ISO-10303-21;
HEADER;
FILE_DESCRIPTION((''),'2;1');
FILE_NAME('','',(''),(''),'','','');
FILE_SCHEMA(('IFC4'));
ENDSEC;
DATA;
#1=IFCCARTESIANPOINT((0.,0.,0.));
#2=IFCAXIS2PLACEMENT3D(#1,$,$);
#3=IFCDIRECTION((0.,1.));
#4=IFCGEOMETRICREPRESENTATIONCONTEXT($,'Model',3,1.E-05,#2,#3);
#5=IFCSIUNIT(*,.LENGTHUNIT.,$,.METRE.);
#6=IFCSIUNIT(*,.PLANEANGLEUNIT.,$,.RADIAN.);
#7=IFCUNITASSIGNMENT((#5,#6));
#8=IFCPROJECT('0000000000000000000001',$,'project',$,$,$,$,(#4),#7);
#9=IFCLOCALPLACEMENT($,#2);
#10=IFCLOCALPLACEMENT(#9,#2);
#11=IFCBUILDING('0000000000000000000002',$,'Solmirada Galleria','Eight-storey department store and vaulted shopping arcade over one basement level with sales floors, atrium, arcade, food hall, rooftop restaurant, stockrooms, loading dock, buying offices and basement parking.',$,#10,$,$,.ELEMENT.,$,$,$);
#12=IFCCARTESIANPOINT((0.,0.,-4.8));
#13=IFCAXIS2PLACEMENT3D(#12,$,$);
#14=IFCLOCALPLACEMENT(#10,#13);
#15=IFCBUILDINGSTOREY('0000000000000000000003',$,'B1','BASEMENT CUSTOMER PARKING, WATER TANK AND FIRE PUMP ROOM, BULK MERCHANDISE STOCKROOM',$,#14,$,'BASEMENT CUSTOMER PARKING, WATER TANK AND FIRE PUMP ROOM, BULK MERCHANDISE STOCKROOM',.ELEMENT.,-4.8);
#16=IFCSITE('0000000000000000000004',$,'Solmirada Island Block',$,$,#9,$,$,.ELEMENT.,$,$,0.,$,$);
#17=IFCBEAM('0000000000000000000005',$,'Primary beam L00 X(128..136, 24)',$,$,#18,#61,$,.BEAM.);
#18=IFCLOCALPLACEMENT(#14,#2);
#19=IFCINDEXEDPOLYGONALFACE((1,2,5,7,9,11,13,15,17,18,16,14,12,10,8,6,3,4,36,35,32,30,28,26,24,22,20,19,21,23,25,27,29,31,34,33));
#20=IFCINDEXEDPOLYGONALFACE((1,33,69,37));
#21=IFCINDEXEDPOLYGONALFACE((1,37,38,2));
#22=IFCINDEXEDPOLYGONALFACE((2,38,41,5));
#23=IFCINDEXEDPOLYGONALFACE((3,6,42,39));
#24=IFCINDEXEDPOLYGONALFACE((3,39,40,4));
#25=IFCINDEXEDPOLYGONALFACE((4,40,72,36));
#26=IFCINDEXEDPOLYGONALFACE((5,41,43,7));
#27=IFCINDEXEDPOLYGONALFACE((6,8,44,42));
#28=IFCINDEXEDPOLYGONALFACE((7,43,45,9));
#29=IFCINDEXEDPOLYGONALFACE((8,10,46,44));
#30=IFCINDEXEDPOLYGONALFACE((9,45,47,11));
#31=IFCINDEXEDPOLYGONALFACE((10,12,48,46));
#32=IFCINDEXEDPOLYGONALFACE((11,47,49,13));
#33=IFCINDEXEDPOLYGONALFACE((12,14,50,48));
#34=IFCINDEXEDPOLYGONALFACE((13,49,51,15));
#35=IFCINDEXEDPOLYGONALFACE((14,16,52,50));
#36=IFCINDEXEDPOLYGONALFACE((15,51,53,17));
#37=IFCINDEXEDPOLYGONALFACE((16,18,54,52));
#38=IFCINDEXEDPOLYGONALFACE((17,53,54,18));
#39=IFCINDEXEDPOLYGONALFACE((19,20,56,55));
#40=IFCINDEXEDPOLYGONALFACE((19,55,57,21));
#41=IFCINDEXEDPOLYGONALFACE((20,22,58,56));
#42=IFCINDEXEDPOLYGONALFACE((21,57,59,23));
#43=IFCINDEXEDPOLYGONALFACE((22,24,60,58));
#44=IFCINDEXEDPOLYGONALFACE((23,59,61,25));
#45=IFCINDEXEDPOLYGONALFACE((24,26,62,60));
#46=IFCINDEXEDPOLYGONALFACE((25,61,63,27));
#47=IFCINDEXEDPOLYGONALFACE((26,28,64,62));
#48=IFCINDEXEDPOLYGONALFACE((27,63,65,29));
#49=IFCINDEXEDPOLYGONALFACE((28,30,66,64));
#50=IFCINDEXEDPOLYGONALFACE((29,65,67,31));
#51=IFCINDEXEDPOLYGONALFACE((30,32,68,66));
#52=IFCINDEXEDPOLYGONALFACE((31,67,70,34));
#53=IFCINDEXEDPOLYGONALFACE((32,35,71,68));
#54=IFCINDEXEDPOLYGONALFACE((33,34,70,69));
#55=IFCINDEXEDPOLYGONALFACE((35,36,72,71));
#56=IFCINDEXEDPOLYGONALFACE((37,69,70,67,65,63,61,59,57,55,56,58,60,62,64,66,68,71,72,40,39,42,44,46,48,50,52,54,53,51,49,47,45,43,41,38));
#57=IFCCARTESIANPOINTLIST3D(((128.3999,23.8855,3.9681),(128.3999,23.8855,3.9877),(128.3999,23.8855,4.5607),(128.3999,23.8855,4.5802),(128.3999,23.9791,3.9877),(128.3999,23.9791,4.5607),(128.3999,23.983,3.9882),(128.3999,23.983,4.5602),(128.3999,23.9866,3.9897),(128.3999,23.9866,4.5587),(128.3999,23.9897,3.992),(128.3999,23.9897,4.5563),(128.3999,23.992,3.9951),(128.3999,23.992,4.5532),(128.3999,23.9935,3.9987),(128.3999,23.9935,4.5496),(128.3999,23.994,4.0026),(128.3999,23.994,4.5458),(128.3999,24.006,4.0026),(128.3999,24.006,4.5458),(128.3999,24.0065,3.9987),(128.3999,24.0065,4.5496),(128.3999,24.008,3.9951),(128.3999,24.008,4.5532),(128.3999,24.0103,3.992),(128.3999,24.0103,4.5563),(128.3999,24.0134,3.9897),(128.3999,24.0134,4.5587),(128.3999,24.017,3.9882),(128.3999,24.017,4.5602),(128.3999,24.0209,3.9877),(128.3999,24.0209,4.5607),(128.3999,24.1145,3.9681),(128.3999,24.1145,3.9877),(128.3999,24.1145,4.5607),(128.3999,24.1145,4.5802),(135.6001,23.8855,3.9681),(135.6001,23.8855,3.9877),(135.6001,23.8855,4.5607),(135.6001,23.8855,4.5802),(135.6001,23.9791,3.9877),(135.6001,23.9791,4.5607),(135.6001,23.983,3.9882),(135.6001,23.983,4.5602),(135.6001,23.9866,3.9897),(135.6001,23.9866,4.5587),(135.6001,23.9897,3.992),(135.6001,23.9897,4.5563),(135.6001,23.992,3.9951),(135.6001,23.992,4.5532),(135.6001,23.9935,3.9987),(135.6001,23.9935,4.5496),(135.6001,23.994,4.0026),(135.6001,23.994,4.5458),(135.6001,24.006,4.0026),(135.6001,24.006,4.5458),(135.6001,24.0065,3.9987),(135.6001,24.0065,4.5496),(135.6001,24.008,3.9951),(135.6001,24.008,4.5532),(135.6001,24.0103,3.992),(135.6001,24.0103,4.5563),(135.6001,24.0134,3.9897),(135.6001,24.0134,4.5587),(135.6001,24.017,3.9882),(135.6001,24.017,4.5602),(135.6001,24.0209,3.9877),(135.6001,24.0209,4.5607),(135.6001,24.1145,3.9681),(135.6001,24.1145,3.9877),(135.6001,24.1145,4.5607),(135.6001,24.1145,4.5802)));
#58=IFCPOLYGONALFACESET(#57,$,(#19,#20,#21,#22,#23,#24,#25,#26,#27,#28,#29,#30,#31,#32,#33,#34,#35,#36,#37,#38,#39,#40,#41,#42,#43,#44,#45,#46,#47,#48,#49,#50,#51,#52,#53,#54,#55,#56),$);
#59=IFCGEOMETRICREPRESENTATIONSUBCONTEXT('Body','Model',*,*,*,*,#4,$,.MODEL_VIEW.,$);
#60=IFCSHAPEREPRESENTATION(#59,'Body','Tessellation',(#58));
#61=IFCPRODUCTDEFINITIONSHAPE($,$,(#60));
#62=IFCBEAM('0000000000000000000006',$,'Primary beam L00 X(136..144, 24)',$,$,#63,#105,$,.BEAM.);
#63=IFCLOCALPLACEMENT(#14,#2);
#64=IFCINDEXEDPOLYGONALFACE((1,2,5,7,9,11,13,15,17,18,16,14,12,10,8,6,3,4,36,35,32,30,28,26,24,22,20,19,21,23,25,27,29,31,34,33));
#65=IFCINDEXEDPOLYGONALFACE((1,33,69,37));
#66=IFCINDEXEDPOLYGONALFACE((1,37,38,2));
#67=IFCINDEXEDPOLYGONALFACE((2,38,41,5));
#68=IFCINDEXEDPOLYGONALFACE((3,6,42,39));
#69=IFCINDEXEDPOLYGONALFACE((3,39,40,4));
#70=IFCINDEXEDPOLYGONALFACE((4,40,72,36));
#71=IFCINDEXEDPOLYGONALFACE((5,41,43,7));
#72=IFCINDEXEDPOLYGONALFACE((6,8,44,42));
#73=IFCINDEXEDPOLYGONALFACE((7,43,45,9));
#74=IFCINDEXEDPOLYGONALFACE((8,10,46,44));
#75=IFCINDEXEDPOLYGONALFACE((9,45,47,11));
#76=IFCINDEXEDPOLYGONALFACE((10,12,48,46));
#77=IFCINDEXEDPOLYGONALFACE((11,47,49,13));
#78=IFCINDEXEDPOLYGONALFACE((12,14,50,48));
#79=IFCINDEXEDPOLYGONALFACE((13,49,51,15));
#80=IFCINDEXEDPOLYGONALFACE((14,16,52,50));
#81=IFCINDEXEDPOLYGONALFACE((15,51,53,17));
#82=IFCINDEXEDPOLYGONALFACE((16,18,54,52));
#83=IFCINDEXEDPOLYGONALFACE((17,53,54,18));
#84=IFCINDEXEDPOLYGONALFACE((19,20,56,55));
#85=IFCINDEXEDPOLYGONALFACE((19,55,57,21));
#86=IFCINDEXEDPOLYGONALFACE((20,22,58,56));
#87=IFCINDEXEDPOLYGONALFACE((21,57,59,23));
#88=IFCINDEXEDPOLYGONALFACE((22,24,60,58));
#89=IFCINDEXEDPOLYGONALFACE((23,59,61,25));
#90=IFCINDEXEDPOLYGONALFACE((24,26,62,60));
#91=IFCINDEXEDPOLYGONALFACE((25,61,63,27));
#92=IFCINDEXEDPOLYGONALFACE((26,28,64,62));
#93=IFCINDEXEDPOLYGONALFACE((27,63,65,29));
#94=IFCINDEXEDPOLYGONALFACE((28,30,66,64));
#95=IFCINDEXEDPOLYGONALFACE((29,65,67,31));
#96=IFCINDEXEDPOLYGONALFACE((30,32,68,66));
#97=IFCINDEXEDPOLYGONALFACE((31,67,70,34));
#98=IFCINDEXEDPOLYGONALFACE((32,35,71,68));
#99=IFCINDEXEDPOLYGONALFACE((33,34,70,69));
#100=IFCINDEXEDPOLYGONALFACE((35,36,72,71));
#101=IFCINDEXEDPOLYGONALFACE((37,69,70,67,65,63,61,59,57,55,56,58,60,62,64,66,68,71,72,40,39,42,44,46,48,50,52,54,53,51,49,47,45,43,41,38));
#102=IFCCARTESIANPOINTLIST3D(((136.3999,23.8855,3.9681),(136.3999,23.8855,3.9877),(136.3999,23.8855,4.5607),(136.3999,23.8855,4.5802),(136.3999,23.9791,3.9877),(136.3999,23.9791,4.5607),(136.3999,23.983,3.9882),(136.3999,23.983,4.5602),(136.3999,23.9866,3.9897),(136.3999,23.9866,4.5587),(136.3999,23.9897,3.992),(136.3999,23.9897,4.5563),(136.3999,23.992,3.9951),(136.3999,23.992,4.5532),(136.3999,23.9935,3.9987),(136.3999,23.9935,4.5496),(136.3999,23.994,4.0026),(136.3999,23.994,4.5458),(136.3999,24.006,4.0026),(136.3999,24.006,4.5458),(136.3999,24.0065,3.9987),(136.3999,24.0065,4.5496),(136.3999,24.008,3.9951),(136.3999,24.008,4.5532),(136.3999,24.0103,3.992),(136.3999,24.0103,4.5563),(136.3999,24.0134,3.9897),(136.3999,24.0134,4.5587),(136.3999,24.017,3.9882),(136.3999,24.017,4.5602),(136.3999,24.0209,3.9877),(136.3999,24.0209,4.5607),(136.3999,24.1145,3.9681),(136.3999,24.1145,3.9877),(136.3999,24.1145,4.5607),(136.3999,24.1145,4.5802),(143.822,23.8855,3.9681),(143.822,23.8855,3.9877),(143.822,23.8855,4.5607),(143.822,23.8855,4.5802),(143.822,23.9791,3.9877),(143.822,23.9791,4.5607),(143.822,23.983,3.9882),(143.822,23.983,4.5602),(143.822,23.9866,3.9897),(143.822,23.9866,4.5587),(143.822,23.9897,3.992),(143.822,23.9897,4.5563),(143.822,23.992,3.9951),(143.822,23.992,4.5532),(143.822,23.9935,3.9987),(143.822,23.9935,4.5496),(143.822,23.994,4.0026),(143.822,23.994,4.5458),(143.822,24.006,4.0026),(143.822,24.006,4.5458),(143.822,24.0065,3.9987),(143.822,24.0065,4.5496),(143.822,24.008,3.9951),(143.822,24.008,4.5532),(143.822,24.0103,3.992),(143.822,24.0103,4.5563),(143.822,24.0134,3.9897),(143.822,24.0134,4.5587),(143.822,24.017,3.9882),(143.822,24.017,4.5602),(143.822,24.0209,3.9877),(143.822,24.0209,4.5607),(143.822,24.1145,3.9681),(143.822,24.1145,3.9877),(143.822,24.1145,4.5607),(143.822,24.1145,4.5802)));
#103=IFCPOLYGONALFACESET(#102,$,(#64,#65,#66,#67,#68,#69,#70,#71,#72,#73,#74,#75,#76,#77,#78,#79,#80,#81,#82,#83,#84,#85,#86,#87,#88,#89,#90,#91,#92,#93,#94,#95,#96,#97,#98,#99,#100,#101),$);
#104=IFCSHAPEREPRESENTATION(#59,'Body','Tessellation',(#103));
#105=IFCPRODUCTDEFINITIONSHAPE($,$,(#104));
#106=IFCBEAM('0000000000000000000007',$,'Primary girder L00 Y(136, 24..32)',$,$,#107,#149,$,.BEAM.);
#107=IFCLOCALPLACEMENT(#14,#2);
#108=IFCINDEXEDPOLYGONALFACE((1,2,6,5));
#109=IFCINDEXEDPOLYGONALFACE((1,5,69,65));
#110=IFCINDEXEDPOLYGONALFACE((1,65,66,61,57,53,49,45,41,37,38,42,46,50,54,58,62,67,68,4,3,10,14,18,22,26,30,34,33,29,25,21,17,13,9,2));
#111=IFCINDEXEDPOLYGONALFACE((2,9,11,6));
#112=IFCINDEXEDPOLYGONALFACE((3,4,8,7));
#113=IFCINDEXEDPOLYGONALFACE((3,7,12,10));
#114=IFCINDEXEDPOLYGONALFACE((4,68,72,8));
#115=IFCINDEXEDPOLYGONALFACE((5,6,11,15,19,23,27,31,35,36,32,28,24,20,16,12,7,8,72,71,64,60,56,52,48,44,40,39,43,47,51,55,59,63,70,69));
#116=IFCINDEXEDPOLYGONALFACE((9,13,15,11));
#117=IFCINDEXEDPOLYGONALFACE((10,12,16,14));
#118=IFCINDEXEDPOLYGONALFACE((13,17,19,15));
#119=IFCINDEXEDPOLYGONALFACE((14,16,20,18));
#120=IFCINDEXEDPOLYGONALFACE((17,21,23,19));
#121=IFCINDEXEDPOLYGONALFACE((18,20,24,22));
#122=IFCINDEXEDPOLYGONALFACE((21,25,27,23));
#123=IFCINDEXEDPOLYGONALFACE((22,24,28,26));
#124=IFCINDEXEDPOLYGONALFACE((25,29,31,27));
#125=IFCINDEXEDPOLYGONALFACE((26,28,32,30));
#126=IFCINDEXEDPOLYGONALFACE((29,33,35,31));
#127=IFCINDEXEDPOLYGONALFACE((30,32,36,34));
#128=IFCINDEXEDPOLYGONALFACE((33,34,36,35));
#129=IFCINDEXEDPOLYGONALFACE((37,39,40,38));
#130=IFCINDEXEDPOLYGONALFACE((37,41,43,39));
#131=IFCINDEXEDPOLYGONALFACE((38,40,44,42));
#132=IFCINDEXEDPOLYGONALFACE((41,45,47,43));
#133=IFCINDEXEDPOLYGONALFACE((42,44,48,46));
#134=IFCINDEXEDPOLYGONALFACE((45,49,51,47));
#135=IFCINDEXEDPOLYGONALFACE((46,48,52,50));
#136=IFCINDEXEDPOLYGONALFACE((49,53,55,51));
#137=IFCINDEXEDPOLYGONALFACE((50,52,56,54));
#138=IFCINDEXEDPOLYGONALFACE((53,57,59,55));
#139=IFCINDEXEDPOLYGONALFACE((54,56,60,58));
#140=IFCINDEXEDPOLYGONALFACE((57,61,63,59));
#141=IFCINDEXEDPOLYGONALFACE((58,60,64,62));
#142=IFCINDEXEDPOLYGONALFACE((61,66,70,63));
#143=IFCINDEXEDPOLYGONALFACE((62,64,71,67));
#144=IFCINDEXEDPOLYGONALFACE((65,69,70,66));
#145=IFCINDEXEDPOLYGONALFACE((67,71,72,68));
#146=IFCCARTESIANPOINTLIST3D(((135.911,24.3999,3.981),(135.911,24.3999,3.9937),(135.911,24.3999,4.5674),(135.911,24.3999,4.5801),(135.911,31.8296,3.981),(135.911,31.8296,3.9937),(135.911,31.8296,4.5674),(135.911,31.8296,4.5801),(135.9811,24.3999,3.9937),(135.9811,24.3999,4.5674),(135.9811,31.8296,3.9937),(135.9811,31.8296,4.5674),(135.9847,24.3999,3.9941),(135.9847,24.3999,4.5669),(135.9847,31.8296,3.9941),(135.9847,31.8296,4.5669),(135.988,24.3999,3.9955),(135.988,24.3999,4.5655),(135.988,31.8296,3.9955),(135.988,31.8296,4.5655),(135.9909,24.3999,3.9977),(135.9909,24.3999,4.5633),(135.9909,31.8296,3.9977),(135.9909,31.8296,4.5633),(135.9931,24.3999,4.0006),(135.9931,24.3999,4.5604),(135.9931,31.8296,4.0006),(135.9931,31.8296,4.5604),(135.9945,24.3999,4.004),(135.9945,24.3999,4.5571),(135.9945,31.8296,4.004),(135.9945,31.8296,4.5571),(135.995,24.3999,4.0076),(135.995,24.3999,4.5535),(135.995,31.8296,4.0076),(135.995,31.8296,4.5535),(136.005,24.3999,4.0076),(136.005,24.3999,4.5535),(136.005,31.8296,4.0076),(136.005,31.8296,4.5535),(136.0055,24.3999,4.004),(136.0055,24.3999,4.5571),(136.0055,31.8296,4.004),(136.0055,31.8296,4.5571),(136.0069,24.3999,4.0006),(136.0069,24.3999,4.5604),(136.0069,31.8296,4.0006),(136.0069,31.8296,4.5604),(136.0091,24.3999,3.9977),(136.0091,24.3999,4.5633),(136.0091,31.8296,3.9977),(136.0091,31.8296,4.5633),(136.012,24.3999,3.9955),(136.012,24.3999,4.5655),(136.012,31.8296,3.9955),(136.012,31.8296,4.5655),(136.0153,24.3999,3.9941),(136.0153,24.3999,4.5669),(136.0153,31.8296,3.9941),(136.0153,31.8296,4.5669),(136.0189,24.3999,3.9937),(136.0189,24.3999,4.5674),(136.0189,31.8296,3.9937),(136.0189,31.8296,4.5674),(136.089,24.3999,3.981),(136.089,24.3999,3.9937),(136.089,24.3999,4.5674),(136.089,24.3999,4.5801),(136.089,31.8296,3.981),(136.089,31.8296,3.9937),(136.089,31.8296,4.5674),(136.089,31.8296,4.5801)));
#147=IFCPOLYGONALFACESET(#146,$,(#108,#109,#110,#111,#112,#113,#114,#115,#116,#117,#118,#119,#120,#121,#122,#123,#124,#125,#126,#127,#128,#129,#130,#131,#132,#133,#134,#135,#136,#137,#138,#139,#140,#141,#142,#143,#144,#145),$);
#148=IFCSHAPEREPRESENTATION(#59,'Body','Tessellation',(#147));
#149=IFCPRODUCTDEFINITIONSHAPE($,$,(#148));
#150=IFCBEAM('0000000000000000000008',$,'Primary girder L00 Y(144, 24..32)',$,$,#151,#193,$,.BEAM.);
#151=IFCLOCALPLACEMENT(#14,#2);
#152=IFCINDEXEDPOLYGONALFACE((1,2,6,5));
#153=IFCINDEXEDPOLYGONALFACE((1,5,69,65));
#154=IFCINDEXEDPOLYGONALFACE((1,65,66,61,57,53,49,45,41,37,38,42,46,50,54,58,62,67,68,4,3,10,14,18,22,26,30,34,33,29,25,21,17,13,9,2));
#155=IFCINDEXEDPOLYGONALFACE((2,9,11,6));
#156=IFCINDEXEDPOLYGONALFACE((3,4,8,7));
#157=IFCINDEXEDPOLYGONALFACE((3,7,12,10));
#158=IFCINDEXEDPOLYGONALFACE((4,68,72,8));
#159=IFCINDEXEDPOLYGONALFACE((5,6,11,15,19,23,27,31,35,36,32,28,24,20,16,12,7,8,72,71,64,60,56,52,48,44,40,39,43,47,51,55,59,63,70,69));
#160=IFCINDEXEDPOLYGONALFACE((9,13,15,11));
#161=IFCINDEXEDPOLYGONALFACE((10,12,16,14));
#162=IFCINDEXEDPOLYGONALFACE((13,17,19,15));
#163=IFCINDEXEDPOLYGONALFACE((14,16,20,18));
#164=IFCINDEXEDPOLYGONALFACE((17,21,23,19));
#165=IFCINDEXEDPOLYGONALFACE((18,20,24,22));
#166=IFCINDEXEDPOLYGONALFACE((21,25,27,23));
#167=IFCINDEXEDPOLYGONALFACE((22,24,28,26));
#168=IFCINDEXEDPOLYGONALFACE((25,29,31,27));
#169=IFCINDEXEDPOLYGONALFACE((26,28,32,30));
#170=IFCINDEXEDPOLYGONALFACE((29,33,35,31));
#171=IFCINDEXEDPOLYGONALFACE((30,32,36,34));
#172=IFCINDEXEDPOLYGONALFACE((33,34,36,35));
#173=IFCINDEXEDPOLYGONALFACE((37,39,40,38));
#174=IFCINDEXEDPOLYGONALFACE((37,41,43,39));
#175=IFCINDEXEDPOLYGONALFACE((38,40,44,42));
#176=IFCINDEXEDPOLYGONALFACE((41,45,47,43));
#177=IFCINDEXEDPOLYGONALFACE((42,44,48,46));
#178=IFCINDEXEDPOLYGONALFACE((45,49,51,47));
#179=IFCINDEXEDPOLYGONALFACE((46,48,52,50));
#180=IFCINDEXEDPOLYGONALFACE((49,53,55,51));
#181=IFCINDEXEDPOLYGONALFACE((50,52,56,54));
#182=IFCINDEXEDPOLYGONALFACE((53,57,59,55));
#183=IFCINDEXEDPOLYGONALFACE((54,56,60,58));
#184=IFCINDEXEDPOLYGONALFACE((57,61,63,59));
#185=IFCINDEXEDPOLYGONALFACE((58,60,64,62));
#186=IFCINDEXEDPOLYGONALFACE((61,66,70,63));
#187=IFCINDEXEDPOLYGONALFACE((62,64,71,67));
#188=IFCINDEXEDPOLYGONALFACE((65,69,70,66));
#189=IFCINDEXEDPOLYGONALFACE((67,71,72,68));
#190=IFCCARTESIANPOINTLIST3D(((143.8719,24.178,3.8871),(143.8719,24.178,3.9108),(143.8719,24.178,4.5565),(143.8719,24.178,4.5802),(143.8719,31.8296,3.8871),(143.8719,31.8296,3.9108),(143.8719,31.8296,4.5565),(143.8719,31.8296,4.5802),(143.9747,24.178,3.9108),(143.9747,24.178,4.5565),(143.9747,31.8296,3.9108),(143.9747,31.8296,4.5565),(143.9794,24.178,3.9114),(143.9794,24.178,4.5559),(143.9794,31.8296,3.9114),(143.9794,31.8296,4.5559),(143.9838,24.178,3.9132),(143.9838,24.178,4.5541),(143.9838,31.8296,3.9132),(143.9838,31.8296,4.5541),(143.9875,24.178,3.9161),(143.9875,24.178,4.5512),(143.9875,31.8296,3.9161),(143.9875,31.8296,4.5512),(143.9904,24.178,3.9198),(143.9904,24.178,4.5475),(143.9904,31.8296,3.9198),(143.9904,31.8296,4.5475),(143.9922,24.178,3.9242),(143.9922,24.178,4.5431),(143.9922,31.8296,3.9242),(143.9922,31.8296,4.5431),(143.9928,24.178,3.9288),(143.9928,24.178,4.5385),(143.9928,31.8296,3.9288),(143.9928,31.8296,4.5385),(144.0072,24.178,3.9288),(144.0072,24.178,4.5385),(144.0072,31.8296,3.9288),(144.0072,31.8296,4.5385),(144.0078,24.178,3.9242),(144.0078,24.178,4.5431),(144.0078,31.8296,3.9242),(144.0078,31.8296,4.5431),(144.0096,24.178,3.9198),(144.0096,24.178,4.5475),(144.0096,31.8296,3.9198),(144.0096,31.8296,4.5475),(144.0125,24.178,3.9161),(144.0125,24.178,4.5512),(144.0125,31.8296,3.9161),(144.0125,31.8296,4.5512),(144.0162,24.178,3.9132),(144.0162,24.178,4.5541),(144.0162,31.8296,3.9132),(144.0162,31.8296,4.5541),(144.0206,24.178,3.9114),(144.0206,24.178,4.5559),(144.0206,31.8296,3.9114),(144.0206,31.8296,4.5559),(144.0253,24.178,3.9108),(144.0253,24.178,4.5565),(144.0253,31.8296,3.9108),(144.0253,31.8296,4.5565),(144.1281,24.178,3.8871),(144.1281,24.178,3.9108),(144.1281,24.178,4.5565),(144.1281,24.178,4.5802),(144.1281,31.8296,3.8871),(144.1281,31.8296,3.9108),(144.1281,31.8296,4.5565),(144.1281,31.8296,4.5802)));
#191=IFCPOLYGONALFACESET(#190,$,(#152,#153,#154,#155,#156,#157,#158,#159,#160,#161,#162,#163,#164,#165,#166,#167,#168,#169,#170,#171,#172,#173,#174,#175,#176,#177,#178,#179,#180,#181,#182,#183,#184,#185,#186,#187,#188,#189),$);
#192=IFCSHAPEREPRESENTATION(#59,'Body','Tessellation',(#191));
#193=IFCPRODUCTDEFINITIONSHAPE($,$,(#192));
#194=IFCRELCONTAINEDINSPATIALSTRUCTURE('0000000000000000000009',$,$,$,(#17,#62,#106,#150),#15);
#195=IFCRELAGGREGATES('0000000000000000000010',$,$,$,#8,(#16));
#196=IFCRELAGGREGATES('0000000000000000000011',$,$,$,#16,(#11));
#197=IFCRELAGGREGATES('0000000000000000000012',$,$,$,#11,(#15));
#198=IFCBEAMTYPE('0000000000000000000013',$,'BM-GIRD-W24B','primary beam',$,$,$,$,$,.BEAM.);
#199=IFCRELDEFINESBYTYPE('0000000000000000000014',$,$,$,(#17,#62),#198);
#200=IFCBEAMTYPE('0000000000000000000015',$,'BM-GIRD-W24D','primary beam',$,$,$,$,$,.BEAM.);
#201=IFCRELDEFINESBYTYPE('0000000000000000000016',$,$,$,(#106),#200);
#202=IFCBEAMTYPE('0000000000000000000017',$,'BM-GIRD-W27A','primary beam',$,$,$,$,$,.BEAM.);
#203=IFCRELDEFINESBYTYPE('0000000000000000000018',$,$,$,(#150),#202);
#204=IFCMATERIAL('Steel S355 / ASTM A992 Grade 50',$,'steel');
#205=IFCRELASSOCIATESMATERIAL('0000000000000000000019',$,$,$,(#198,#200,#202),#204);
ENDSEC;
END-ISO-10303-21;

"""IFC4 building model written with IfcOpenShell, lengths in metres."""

from ifc_helpers import new_model, si_unit, direction, frame, origin, origin_2d, place, context, subcontext, project, spatial, i_section, extrude, material, material_profile, profile_set, type_object, element, save


model = new_model("IFC4")

# Units and contexts
model_context = context("Model", 3, precision=1e-05, world=origin(), true_north=direction((0.0, 1.0)))
body_context = subcontext(model_context, "Body", "Model", "MODEL_VIEW")
ifc_project = project(units=[si_unit("LENGTHUNIT", "METRE"), si_unit("PLANEANGLEUNIT", "RADIAN")], contexts=[model_context])

# Site, building, storey
site_placement = place(None, origin())
site = spatial("IfcSite", under=ifc_project, at=site_placement, Name="Solmirada Island Block", CompositionType="ELEMENT", RefElevation=0.0)
building_placement = place(site_placement, origin())
building = spatial("IfcBuilding", under=site, at=building_placement, Name="Solmirada Galleria", Description="Eight-storey department store and vaulted shopping arcade over one basement level with sales floors, atrium, arcade, food hall, rooftop restaurant, stockrooms, loading dock, buying offices and basement parking.", CompositionType="ELEMENT")
storey_placement = place(building_placement, frame((0.0, 0.0, -4.8)))
storey = spatial("IfcBuildingStorey", under=building, at=storey_placement, Name="B1", Description="BASEMENT CUSTOMER PARKING, WATER TANK AND FIRE PUMP ROOM, BULK MERCHANDISE STOCKROOM", LongName="BASEMENT CUSTOMER PARKING, WATER TANK AND FIRE PUMP ROOM, BULK MERCHANDISE STOCKROOM", CompositionType="ELEMENT", Elevation=-4.8)

# Beams
ifc_material_1 = material(Name="Steel S355 / ASTM A992 Grade 50", Category="steel")
ifc_material_profile_1 = material_profile(ifc_material_1, i_section(OverallWidth=0.229, OverallDepth=0.6121, WebThickness=0.012, FlangeThickness=0.0195, FilletRadius=0.0149, at=origin_2d()), Name="W24X84")
ifc_profile_set_1 = profile_set([ifc_material_profile_1], Name="Steel S355 / ASTM A992 Grade 50")
beam_type_1 = type_object("IfcBeamType", Name="BM-GIRD-W24B", Description="primary beam", PredefinedType="BEAM", material=ifc_profile_set_1)
beam_1_placement = place(storey_placement, frame((128.3999, 24.0, 4.2742), z_axis=(1.0, 0.0, 0.0), x_axis=(0.0, 1.0, 0.0)))
element("IfcBeam", 1, at=beam_1_placement, inside=storey, type_object=beam_type_1, Name="Primary beam L00 X(128..136, 24)", PredefinedType="BEAM", context=body_context, shape_type="SweptSolid", body=[
    extrude(i_section(OverallWidth=0.229, OverallDepth=0.6121, WebThickness=0.012, FlangeThickness=0.0195, FilletRadius=0.0149, at=origin_2d()), origin(), (0.0, 0.0, 1.0), 7.2002),
])
beam_2_placement = place(storey_placement, frame((136.3999, 24.0, 4.2742), z_axis=(1.0, 0.0, 0.0), x_axis=(0.0, 1.0, 0.0)))
element("IfcBeam", 2, at=beam_2_placement, inside=storey, type_object=beam_type_1, Name="Primary beam L00 X(136..144, 24)", PredefinedType="BEAM", context=body_context, shape_type="SweptSolid", body=[
    extrude(i_section(OverallWidth=0.229, OverallDepth=0.6121, WebThickness=0.012, FlangeThickness=0.0195, FilletRadius=0.0149, at=origin_2d()), origin(), (0.0, 0.0, 1.0), 7.4221),
])
ifc_material_profile_2 = material_profile(ifc_material_1, i_section(OverallWidth=0.178, OverallDepth=0.5991, WebThickness=0.01, FlangeThickness=0.0127, FilletRadius=0.0139, at=origin_2d()), Name="W24X55")
ifc_profile_set_2 = profile_set([ifc_material_profile_2], Name="Steel S355 / ASTM A992 Grade 50")
beam_type_2 = type_object("IfcBeamType", Name="BM-GIRD-W24D", Description="primary beam", PredefinedType="BEAM", material=ifc_profile_set_2)
beam_3_placement = place(storey_placement, frame((136.0, 24.3999, 4.2805), z_axis=(0.0, 1.0, 0.0), x_axis=(-1.0, 0.0, 0.0)))
element("IfcBeam", 3, at=beam_3_placement, inside=storey, type_object=beam_type_2, Name="Primary girder L00 Y(136, 24..32)", PredefinedType="BEAM", context=body_context, shape_type="SweptSolid", body=[
    extrude(i_section(OverallWidth=0.178, OverallDepth=0.5991, WebThickness=0.01, FlangeThickness=0.0127, FilletRadius=0.0139, at=origin_2d()), origin(), (0.0, 0.0, 1.0), 7.4297),
])
ifc_material_profile_3 = material_profile(ifc_material_1, i_section(OverallWidth=0.2561, OverallDepth=0.6931, WebThickness=0.0144, FlangeThickness=0.0237, FilletRadius=0.0181, at=origin_2d()), Name="W27X114")
ifc_profile_set_3 = profile_set([ifc_material_profile_3], Name="Steel S355 / ASTM A992 Grade 50")
beam_type_3 = type_object("IfcBeamType", Name="BM-GIRD-W27A", Description="primary beam", PredefinedType="BEAM", material=ifc_profile_set_3)
beam_4_placement = place(storey_placement, frame((144.0, 24.178, 4.2336), z_axis=(0.0, 1.0, 0.0), x_axis=(-1.0, 0.0, 0.0)))
element("IfcBeam", 4, at=beam_4_placement, inside=storey, type_object=beam_type_3, Name="Primary girder L00 Y(144, 24..32)", PredefinedType="BEAM", context=body_context, shape_type="SweptSolid", body=[
    extrude(i_section(OverallWidth=0.2561, OverallDepth=0.6931, WebThickness=0.0144, FlangeThickness=0.0237, FilletRadius=0.0181, at=origin_2d()), origin(), (0.0, 0.0, 1.0), 7.6516),
])

save(model, "model.ifc")
